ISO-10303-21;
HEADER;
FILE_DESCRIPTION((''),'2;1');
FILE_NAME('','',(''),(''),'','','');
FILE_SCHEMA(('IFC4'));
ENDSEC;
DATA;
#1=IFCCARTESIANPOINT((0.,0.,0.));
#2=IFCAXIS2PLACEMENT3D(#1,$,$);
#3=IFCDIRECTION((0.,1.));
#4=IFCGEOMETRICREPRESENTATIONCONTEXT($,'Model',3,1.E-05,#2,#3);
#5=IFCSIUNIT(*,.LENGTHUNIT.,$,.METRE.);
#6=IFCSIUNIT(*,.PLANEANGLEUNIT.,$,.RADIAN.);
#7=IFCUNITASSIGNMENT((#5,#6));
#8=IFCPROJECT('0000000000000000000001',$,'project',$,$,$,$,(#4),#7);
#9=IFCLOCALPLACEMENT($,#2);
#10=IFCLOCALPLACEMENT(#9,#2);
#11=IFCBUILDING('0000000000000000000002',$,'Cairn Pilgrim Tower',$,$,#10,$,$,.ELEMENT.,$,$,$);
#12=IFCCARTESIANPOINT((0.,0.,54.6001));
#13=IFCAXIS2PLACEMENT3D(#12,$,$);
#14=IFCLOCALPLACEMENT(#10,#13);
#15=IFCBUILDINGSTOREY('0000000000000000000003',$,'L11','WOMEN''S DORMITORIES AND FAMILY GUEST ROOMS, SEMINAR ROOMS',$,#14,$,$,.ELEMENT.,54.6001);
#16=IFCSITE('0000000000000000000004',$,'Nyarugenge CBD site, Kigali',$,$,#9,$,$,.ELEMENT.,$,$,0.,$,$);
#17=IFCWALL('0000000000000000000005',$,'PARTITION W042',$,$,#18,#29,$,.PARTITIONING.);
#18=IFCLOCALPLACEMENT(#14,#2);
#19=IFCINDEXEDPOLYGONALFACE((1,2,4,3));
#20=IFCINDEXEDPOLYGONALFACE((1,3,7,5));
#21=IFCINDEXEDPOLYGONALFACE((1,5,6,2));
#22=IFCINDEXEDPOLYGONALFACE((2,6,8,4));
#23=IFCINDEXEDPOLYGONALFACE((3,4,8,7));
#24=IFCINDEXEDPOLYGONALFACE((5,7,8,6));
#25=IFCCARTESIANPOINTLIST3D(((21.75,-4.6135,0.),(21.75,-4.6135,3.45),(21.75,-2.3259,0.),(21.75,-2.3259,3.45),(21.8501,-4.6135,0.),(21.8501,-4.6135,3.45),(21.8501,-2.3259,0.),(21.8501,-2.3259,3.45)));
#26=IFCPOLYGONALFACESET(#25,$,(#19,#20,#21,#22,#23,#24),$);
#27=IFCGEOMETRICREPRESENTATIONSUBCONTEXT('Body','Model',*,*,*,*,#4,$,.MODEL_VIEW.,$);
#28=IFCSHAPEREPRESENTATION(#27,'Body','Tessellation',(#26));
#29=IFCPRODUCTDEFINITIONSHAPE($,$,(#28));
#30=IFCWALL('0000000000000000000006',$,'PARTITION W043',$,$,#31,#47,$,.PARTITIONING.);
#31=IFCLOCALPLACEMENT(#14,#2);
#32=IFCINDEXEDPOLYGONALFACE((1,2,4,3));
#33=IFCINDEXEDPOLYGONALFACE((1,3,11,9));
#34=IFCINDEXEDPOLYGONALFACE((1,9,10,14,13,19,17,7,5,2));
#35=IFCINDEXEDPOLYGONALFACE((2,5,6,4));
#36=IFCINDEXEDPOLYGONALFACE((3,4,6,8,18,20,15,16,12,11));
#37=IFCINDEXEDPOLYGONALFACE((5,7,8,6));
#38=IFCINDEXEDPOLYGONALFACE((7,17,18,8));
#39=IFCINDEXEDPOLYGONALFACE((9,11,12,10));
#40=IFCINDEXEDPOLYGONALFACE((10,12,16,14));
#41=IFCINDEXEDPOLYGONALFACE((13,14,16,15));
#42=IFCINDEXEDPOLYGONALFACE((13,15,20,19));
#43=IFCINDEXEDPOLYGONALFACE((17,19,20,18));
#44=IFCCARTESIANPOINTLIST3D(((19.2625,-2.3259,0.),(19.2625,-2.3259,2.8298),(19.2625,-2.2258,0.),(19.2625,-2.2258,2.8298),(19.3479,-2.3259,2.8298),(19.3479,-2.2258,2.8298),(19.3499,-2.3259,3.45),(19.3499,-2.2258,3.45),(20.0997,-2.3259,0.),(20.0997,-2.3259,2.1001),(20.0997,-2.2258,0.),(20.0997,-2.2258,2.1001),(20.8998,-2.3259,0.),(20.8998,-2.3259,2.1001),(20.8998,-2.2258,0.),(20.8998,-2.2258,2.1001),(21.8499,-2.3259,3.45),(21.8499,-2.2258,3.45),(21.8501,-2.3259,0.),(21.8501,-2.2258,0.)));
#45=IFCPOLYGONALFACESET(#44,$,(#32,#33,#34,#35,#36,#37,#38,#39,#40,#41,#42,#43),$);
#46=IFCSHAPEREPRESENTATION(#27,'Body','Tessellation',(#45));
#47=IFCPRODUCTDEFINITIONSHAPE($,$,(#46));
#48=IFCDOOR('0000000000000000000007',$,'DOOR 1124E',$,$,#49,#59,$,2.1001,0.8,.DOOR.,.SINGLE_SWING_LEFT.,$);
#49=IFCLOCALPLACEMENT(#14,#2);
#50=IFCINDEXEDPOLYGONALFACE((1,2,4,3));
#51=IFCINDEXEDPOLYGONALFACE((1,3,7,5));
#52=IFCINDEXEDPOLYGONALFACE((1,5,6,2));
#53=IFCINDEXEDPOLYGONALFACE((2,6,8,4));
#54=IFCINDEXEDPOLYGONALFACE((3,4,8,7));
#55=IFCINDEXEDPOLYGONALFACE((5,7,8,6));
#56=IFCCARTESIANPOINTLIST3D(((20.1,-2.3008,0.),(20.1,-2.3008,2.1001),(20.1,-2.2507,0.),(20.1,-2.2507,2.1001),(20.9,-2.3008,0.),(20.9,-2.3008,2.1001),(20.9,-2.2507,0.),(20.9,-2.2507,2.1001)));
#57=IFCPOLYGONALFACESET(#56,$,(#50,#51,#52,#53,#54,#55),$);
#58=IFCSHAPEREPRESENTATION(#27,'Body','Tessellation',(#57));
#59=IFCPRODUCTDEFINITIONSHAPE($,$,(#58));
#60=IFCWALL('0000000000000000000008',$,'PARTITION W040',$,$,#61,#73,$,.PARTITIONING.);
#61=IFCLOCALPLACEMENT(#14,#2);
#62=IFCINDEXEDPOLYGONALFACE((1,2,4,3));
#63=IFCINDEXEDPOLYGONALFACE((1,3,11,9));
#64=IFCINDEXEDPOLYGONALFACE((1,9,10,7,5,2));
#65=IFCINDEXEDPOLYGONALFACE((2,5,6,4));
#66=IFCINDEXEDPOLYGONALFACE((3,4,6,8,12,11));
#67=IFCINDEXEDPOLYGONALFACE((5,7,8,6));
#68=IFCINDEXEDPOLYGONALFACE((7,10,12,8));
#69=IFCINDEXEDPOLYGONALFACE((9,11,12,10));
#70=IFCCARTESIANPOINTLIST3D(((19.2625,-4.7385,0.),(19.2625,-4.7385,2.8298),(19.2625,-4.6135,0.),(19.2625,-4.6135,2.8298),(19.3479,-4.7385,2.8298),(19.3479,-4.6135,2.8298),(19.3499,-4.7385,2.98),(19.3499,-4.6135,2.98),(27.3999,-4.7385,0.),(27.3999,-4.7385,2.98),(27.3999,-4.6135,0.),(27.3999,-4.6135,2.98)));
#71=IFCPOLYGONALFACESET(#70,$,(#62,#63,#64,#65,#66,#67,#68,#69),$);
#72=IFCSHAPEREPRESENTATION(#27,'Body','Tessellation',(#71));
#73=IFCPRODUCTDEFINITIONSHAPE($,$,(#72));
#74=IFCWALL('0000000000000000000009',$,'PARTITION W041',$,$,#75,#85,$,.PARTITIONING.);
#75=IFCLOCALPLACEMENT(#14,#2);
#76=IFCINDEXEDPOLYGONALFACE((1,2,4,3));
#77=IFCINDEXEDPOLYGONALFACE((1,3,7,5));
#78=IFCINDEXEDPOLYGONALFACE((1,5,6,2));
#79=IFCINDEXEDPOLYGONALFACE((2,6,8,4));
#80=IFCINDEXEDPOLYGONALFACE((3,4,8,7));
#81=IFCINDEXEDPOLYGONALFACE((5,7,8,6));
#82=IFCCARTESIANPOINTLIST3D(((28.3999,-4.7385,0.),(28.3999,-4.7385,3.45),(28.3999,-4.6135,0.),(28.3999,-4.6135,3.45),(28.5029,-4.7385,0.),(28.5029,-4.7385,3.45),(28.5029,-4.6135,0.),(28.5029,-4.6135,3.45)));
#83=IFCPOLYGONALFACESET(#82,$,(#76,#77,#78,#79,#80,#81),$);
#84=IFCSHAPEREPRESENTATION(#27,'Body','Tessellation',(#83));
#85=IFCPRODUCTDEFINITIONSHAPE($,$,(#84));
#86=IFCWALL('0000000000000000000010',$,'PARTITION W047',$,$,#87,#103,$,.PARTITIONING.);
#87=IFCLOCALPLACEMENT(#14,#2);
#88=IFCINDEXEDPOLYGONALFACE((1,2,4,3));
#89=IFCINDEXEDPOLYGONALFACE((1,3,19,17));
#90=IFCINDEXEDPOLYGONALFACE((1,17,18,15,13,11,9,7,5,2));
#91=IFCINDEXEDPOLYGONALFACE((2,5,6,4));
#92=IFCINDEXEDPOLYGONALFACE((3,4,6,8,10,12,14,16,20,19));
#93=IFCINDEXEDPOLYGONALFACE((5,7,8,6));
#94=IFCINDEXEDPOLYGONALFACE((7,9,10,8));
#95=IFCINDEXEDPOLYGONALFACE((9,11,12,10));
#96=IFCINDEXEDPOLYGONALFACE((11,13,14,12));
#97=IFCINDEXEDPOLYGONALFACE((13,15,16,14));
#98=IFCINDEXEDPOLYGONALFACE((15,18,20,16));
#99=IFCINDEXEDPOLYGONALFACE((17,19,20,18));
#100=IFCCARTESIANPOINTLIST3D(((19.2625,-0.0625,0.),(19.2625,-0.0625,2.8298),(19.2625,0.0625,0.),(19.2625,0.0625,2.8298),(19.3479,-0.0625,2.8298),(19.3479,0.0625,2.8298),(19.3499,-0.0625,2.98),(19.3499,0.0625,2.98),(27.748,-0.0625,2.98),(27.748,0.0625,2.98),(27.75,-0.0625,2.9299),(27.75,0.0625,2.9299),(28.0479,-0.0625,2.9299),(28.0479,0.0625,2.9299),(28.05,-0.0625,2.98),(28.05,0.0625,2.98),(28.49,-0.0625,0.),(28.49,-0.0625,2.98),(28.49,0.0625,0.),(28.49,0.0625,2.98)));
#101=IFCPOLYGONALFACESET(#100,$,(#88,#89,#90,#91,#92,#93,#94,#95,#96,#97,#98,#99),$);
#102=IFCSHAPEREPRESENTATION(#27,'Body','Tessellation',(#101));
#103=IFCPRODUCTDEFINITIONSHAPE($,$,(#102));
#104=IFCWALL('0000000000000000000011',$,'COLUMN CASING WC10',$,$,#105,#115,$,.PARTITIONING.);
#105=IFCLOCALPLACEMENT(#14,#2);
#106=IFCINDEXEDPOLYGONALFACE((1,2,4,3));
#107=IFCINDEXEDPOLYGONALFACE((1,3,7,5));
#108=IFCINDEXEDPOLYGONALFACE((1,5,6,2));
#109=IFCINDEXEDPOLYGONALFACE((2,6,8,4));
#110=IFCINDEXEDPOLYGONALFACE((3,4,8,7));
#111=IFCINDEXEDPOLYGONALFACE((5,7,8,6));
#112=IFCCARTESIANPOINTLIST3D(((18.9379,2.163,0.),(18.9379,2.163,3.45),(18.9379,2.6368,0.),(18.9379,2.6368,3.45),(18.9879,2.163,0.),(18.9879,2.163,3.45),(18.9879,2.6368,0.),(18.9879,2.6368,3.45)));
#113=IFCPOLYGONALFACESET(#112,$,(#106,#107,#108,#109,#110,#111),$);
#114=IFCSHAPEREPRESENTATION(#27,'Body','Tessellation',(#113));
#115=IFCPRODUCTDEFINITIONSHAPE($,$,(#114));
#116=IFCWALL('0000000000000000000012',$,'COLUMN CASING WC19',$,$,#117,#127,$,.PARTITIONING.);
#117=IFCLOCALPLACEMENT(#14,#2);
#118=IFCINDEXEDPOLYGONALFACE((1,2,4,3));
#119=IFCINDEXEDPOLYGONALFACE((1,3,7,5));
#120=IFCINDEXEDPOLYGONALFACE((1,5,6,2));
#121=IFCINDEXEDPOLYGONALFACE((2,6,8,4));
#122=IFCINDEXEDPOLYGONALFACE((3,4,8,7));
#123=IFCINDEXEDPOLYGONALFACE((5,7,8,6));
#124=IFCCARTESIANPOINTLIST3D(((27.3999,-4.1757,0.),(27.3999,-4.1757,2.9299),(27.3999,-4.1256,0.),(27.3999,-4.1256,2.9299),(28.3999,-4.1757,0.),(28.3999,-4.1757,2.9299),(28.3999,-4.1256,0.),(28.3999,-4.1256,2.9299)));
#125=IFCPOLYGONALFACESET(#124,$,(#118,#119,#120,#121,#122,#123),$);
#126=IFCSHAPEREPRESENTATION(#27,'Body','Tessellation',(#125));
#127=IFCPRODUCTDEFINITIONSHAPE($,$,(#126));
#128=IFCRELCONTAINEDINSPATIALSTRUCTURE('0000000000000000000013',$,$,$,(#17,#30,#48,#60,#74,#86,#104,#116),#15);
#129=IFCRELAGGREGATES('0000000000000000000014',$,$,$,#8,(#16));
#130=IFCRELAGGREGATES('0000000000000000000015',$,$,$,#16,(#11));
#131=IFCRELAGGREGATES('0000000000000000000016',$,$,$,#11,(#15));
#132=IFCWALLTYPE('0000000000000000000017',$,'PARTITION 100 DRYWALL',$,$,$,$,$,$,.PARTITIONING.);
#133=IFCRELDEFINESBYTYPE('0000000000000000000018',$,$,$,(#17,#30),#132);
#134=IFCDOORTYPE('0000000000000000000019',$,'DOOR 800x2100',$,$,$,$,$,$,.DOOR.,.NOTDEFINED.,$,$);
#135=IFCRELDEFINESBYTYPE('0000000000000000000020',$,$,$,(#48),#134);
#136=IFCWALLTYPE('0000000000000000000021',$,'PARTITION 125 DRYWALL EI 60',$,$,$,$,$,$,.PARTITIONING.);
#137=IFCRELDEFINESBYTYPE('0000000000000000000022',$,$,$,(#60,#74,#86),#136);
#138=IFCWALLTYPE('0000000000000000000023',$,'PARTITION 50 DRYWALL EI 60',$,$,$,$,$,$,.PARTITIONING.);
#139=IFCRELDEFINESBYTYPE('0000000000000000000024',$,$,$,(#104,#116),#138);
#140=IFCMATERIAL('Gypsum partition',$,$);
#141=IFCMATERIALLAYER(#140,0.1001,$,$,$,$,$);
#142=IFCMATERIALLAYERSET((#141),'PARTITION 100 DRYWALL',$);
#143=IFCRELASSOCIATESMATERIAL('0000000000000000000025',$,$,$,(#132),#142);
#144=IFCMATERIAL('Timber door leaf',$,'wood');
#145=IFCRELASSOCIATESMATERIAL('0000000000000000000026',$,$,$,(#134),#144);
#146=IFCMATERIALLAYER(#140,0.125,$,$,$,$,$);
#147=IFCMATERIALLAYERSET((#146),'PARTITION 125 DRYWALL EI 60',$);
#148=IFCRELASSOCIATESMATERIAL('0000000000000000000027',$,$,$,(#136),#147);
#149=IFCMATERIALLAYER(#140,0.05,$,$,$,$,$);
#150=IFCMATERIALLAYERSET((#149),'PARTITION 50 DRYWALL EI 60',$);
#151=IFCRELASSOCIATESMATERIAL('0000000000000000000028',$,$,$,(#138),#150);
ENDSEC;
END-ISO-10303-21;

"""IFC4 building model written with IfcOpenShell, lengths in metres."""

from ifc_helpers import new_model, si_unit, direction, frame, frame_2d, origin, place, context, subcontext, project, spatial, polyline, rectangle, outline, extrude, material, layer, layer_set, type_object, element, fill, save


model = new_model("IFC4")

# Units and contexts
model_context = context("Model", 3, precision=1e-05, world=origin(), true_north=direction((0.0, 1.0)))
body_context = subcontext(model_context, "Body", "Model", "MODEL_VIEW")
ifc_project = project(units=[si_unit("LENGTHUNIT", "METRE"), si_unit("PLANEANGLEUNIT", "RADIAN")], contexts=[model_context])

# Site, building, storey
site_placement = place(None, origin())
site = spatial("IfcSite", under=ifc_project, at=site_placement, Name="Nyarugenge CBD site, Kigali", CompositionType="ELEMENT", RefElevation=0.0)
building_placement = place(site_placement, origin())
building = spatial("IfcBuilding", under=site, at=building_placement, Name="Cairn Pilgrim Tower", CompositionType="ELEMENT")
storey_placement = place(building_placement, frame((0.0, 0.0, 54.6001)))
storey = spatial("IfcBuildingStorey", under=building, at=storey_placement, Name="L11", Description="WOMEN'S DORMITORIES AND FAMILY GUEST ROOMS, SEMINAR ROOMS", CompositionType="ELEMENT", Elevation=54.6001)

# Wall
ifc_material_1 = material(Name="Gypsum partition")
ifc_layer_1 = layer(ifc_material_1, 0.1001)
ifc_layer_set_1 = layer_set([ifc_layer_1], Name="PARTITION 100 DRYWALL")
wall_type_1 = type_object("IfcWallType", Name="PARTITION 100 DRYWALL", PredefinedType="PARTITIONING", material=ifc_layer_set_1)
wall_1_placement = place(storey_placement, frame((21.8, -4.6135, 0.0), z_axis=(0.0, 0.0, 1.0), x_axis=(0.0, 1.0, 0.0)))
element("IfcWall", 1, at=wall_1_placement, inside=storey, type_object=wall_type_1, Name="PARTITION W042", PredefinedType="PARTITIONING", context=body_context, shape_type="SweptSolid", body=[
    extrude(rectangle(XDim=2.2876, YDim=0.1001, at=frame_2d((1.1438, 0.0))), origin(), (0.0, 0.0, 1.0), 3.45),
])

# Wall, opening, door
wall_2_placement = place(storey_placement, frame((19.2625, -2.2759, 0.0), z_axis=(0.0, 0.0, 1.0), x_axis=(1.0, 0.0, 0.0)))
wall_2 = element("IfcWall", 2, at=wall_2_placement, inside=storey, type_object=wall_type_1, Name="PARTITION W043", PredefinedType="PARTITIONING", context=body_context, shape_type="SweptSolid", body=[
    extrude(outline(polyline([(0.0, 0.0), (2.5876, 0.0), (2.5874, 3.45), (0.0874, 3.45), (0.0854, 2.8298), (0.0, 2.8298), (0.0, 0.0)])), frame((0.0, 0.05, 0.0), z_axis=(0.0, -1.0, 0.0), x_axis=(1.0, 0.0, 0.0)), (0.0, 0.0, 1.0), 0.1001),
])
opening_placement = place(wall_2_placement, frame((0.8374, 0.0, 0.0)))
opening = element("IfcOpeningElement", 3, at=opening_placement, cuts=wall_2, PredefinedType="OPENING", context=body_context, shape_type="SweptSolid", body=[
    extrude(rectangle(XDim=0.8, YDim=2.1001, at=frame_2d((0.3999, 1.05))), frame((0.0, 0.0601, 0.0), z_axis=(0.0, -1.0, 0.0), x_axis=(1.0, 0.0, 0.0)), (0.0, 0.0, 1.0), 0.1201),
])
ifc_material_2 = material(Name="Timber door leaf", Category="wood")
door_type = type_object("IfcDoorType", Name="DOOR 800x2100", OperationType="NOTDEFINED", PredefinedType="DOOR", material=ifc_material_2)
door_placement = place(opening_placement, frame((0.8, 0.0, 0.0), z_axis=(0.0, 0.0, 1.0), x_axis=(-1.0, 0.0, 0.0)))
door = element("IfcDoor", 4, at=door_placement, inside=storey, type_object=door_type, Name="DOOR 1124E", OperationType="SINGLE_SWING_LEFT", OverallHeight=2.1001, OverallWidth=0.8, PredefinedType="DOOR", context=body_context, shape_type="SweptSolid", body=[
    extrude(rectangle(XDim=0.8, YDim=2.1001, at=frame_2d((0.3999, 1.05))), frame((0.0, 0.0249, 0.0), z_axis=(0.0, -1.0, 0.0), x_axis=(1.0, 0.0, 0.0)), (0.0, 0.0, 1.0), 0.05),
])
fill(opening, door)

# Walls
ifc_layer_2 = layer(ifc_material_1, 0.125)
ifc_layer_set_2 = layer_set([ifc_layer_2], Name="PARTITION 125 DRYWALL EI 60")
wall_type_2 = type_object("IfcWallType", Name="PARTITION 125 DRYWALL EI 60", PredefinedType="PARTITIONING", material=ifc_layer_set_2)
wall_3_placement = place(storey_placement, frame((19.2625, -4.676, 0.0), z_axis=(0.0, 0.0, 1.0), x_axis=(1.0, 0.0, 0.0)))
element("IfcWall", 5, at=wall_3_placement, inside=storey, type_object=wall_type_2, Name="PARTITION W040", PredefinedType="PARTITIONING", context=body_context, shape_type="SweptSolid", body=[
    extrude(outline(polyline([(0.0, 0.0), (8.1375, 0.0), (8.1375, 2.98), (0.0874, 2.98), (0.0854, 2.8298), (0.0, 2.8298), (0.0, 0.0)])), frame((0.0, 0.0625, 0.0), z_axis=(0.0, -1.0, 0.0), x_axis=(1.0, 0.0, 0.0)), (0.0, 0.0, 1.0), 0.125),
])
wall_4_placement = place(storey_placement, frame((28.3999, -4.676, 0.0), z_axis=(0.0, 0.0, 1.0), x_axis=(1.0, 0.0, 0.0)))
element("IfcWall", 6, at=wall_4_placement, inside=storey, type_object=wall_type_2, Name="PARTITION W041", PredefinedType="PARTITIONING", context=body_context, shape_type="SweptSolid", body=[
    extrude(rectangle(XDim=0.103, YDim=0.125, at=frame_2d((0.0515, 0.0))), origin(), (0.0, 0.0, 1.0), 3.45),
])
wall_5_placement = place(storey_placement, frame((19.2625, 0.0, 0.0), z_axis=(0.0, 0.0, 1.0), x_axis=(1.0, 0.0, 0.0)))
element("IfcWall", 7, at=wall_5_placement, inside=storey, type_object=wall_type_2, Name="PARTITION W047", PredefinedType="PARTITIONING", context=body_context, shape_type="SweptSolid", body=[
    extrude(outline(polyline([(0.0, 0.0), (9.2275, 0.0), (9.2275, 2.98), (8.7876, 2.98), (8.7854, 2.9299), (8.4875, 2.9299), (8.4856, 2.98), (0.0874, 2.98), (0.0854, 2.8298), (0.0, 2.8298), (0.0, 0.0)])), frame((0.0, 0.0625, 0.0), z_axis=(0.0, -1.0, 0.0), x_axis=(1.0, 0.0, 0.0)), (0.0, 0.0, 1.0), 0.125),
])
ifc_layer_3 = layer(ifc_material_1, 0.05)
ifc_layer_set_3 = layer_set([ifc_layer_3], Name="PARTITION 50 DRYWALL EI 60")
wall_type_3 = type_object("IfcWallType", Name="PARTITION 50 DRYWALL EI 60", PredefinedType="PARTITIONING", material=ifc_layer_set_3)
wall_6_placement = place(storey_placement, frame((18.9629, 2.1631, 0.0), z_axis=(0.0, 0.0, 1.0), x_axis=(0.0, 1.0, 0.0)))
element("IfcWall", 8, at=wall_6_placement, inside=storey, type_object=wall_type_3, Name="COLUMN CASING WC10", PredefinedType="PARTITIONING", context=body_context, shape_type="SweptSolid", body=[
    extrude(rectangle(XDim=0.4739, YDim=0.05, at=frame_2d((0.2368, 0.0))), origin(), (0.0, 0.0, 1.0), 3.45),
])
wall_7_placement = place(storey_placement, frame((27.3999, -4.1506, 0.0), z_axis=(0.0, 0.0, 1.0), x_axis=(1.0, 0.0, 0.0)))
element("IfcWall", 9, at=wall_7_placement, inside=storey, type_object=wall_type_3, Name="COLUMN CASING WC19", PredefinedType="PARTITIONING", context=body_context, shape_type="SweptSolid", body=[
    extrude(rectangle(XDim=1.0, YDim=0.05, at=frame_2d((0.5, 0.0))), origin(), (0.0, 0.0, 1.0), 2.9299),
])

save(model, "model.ifc")
